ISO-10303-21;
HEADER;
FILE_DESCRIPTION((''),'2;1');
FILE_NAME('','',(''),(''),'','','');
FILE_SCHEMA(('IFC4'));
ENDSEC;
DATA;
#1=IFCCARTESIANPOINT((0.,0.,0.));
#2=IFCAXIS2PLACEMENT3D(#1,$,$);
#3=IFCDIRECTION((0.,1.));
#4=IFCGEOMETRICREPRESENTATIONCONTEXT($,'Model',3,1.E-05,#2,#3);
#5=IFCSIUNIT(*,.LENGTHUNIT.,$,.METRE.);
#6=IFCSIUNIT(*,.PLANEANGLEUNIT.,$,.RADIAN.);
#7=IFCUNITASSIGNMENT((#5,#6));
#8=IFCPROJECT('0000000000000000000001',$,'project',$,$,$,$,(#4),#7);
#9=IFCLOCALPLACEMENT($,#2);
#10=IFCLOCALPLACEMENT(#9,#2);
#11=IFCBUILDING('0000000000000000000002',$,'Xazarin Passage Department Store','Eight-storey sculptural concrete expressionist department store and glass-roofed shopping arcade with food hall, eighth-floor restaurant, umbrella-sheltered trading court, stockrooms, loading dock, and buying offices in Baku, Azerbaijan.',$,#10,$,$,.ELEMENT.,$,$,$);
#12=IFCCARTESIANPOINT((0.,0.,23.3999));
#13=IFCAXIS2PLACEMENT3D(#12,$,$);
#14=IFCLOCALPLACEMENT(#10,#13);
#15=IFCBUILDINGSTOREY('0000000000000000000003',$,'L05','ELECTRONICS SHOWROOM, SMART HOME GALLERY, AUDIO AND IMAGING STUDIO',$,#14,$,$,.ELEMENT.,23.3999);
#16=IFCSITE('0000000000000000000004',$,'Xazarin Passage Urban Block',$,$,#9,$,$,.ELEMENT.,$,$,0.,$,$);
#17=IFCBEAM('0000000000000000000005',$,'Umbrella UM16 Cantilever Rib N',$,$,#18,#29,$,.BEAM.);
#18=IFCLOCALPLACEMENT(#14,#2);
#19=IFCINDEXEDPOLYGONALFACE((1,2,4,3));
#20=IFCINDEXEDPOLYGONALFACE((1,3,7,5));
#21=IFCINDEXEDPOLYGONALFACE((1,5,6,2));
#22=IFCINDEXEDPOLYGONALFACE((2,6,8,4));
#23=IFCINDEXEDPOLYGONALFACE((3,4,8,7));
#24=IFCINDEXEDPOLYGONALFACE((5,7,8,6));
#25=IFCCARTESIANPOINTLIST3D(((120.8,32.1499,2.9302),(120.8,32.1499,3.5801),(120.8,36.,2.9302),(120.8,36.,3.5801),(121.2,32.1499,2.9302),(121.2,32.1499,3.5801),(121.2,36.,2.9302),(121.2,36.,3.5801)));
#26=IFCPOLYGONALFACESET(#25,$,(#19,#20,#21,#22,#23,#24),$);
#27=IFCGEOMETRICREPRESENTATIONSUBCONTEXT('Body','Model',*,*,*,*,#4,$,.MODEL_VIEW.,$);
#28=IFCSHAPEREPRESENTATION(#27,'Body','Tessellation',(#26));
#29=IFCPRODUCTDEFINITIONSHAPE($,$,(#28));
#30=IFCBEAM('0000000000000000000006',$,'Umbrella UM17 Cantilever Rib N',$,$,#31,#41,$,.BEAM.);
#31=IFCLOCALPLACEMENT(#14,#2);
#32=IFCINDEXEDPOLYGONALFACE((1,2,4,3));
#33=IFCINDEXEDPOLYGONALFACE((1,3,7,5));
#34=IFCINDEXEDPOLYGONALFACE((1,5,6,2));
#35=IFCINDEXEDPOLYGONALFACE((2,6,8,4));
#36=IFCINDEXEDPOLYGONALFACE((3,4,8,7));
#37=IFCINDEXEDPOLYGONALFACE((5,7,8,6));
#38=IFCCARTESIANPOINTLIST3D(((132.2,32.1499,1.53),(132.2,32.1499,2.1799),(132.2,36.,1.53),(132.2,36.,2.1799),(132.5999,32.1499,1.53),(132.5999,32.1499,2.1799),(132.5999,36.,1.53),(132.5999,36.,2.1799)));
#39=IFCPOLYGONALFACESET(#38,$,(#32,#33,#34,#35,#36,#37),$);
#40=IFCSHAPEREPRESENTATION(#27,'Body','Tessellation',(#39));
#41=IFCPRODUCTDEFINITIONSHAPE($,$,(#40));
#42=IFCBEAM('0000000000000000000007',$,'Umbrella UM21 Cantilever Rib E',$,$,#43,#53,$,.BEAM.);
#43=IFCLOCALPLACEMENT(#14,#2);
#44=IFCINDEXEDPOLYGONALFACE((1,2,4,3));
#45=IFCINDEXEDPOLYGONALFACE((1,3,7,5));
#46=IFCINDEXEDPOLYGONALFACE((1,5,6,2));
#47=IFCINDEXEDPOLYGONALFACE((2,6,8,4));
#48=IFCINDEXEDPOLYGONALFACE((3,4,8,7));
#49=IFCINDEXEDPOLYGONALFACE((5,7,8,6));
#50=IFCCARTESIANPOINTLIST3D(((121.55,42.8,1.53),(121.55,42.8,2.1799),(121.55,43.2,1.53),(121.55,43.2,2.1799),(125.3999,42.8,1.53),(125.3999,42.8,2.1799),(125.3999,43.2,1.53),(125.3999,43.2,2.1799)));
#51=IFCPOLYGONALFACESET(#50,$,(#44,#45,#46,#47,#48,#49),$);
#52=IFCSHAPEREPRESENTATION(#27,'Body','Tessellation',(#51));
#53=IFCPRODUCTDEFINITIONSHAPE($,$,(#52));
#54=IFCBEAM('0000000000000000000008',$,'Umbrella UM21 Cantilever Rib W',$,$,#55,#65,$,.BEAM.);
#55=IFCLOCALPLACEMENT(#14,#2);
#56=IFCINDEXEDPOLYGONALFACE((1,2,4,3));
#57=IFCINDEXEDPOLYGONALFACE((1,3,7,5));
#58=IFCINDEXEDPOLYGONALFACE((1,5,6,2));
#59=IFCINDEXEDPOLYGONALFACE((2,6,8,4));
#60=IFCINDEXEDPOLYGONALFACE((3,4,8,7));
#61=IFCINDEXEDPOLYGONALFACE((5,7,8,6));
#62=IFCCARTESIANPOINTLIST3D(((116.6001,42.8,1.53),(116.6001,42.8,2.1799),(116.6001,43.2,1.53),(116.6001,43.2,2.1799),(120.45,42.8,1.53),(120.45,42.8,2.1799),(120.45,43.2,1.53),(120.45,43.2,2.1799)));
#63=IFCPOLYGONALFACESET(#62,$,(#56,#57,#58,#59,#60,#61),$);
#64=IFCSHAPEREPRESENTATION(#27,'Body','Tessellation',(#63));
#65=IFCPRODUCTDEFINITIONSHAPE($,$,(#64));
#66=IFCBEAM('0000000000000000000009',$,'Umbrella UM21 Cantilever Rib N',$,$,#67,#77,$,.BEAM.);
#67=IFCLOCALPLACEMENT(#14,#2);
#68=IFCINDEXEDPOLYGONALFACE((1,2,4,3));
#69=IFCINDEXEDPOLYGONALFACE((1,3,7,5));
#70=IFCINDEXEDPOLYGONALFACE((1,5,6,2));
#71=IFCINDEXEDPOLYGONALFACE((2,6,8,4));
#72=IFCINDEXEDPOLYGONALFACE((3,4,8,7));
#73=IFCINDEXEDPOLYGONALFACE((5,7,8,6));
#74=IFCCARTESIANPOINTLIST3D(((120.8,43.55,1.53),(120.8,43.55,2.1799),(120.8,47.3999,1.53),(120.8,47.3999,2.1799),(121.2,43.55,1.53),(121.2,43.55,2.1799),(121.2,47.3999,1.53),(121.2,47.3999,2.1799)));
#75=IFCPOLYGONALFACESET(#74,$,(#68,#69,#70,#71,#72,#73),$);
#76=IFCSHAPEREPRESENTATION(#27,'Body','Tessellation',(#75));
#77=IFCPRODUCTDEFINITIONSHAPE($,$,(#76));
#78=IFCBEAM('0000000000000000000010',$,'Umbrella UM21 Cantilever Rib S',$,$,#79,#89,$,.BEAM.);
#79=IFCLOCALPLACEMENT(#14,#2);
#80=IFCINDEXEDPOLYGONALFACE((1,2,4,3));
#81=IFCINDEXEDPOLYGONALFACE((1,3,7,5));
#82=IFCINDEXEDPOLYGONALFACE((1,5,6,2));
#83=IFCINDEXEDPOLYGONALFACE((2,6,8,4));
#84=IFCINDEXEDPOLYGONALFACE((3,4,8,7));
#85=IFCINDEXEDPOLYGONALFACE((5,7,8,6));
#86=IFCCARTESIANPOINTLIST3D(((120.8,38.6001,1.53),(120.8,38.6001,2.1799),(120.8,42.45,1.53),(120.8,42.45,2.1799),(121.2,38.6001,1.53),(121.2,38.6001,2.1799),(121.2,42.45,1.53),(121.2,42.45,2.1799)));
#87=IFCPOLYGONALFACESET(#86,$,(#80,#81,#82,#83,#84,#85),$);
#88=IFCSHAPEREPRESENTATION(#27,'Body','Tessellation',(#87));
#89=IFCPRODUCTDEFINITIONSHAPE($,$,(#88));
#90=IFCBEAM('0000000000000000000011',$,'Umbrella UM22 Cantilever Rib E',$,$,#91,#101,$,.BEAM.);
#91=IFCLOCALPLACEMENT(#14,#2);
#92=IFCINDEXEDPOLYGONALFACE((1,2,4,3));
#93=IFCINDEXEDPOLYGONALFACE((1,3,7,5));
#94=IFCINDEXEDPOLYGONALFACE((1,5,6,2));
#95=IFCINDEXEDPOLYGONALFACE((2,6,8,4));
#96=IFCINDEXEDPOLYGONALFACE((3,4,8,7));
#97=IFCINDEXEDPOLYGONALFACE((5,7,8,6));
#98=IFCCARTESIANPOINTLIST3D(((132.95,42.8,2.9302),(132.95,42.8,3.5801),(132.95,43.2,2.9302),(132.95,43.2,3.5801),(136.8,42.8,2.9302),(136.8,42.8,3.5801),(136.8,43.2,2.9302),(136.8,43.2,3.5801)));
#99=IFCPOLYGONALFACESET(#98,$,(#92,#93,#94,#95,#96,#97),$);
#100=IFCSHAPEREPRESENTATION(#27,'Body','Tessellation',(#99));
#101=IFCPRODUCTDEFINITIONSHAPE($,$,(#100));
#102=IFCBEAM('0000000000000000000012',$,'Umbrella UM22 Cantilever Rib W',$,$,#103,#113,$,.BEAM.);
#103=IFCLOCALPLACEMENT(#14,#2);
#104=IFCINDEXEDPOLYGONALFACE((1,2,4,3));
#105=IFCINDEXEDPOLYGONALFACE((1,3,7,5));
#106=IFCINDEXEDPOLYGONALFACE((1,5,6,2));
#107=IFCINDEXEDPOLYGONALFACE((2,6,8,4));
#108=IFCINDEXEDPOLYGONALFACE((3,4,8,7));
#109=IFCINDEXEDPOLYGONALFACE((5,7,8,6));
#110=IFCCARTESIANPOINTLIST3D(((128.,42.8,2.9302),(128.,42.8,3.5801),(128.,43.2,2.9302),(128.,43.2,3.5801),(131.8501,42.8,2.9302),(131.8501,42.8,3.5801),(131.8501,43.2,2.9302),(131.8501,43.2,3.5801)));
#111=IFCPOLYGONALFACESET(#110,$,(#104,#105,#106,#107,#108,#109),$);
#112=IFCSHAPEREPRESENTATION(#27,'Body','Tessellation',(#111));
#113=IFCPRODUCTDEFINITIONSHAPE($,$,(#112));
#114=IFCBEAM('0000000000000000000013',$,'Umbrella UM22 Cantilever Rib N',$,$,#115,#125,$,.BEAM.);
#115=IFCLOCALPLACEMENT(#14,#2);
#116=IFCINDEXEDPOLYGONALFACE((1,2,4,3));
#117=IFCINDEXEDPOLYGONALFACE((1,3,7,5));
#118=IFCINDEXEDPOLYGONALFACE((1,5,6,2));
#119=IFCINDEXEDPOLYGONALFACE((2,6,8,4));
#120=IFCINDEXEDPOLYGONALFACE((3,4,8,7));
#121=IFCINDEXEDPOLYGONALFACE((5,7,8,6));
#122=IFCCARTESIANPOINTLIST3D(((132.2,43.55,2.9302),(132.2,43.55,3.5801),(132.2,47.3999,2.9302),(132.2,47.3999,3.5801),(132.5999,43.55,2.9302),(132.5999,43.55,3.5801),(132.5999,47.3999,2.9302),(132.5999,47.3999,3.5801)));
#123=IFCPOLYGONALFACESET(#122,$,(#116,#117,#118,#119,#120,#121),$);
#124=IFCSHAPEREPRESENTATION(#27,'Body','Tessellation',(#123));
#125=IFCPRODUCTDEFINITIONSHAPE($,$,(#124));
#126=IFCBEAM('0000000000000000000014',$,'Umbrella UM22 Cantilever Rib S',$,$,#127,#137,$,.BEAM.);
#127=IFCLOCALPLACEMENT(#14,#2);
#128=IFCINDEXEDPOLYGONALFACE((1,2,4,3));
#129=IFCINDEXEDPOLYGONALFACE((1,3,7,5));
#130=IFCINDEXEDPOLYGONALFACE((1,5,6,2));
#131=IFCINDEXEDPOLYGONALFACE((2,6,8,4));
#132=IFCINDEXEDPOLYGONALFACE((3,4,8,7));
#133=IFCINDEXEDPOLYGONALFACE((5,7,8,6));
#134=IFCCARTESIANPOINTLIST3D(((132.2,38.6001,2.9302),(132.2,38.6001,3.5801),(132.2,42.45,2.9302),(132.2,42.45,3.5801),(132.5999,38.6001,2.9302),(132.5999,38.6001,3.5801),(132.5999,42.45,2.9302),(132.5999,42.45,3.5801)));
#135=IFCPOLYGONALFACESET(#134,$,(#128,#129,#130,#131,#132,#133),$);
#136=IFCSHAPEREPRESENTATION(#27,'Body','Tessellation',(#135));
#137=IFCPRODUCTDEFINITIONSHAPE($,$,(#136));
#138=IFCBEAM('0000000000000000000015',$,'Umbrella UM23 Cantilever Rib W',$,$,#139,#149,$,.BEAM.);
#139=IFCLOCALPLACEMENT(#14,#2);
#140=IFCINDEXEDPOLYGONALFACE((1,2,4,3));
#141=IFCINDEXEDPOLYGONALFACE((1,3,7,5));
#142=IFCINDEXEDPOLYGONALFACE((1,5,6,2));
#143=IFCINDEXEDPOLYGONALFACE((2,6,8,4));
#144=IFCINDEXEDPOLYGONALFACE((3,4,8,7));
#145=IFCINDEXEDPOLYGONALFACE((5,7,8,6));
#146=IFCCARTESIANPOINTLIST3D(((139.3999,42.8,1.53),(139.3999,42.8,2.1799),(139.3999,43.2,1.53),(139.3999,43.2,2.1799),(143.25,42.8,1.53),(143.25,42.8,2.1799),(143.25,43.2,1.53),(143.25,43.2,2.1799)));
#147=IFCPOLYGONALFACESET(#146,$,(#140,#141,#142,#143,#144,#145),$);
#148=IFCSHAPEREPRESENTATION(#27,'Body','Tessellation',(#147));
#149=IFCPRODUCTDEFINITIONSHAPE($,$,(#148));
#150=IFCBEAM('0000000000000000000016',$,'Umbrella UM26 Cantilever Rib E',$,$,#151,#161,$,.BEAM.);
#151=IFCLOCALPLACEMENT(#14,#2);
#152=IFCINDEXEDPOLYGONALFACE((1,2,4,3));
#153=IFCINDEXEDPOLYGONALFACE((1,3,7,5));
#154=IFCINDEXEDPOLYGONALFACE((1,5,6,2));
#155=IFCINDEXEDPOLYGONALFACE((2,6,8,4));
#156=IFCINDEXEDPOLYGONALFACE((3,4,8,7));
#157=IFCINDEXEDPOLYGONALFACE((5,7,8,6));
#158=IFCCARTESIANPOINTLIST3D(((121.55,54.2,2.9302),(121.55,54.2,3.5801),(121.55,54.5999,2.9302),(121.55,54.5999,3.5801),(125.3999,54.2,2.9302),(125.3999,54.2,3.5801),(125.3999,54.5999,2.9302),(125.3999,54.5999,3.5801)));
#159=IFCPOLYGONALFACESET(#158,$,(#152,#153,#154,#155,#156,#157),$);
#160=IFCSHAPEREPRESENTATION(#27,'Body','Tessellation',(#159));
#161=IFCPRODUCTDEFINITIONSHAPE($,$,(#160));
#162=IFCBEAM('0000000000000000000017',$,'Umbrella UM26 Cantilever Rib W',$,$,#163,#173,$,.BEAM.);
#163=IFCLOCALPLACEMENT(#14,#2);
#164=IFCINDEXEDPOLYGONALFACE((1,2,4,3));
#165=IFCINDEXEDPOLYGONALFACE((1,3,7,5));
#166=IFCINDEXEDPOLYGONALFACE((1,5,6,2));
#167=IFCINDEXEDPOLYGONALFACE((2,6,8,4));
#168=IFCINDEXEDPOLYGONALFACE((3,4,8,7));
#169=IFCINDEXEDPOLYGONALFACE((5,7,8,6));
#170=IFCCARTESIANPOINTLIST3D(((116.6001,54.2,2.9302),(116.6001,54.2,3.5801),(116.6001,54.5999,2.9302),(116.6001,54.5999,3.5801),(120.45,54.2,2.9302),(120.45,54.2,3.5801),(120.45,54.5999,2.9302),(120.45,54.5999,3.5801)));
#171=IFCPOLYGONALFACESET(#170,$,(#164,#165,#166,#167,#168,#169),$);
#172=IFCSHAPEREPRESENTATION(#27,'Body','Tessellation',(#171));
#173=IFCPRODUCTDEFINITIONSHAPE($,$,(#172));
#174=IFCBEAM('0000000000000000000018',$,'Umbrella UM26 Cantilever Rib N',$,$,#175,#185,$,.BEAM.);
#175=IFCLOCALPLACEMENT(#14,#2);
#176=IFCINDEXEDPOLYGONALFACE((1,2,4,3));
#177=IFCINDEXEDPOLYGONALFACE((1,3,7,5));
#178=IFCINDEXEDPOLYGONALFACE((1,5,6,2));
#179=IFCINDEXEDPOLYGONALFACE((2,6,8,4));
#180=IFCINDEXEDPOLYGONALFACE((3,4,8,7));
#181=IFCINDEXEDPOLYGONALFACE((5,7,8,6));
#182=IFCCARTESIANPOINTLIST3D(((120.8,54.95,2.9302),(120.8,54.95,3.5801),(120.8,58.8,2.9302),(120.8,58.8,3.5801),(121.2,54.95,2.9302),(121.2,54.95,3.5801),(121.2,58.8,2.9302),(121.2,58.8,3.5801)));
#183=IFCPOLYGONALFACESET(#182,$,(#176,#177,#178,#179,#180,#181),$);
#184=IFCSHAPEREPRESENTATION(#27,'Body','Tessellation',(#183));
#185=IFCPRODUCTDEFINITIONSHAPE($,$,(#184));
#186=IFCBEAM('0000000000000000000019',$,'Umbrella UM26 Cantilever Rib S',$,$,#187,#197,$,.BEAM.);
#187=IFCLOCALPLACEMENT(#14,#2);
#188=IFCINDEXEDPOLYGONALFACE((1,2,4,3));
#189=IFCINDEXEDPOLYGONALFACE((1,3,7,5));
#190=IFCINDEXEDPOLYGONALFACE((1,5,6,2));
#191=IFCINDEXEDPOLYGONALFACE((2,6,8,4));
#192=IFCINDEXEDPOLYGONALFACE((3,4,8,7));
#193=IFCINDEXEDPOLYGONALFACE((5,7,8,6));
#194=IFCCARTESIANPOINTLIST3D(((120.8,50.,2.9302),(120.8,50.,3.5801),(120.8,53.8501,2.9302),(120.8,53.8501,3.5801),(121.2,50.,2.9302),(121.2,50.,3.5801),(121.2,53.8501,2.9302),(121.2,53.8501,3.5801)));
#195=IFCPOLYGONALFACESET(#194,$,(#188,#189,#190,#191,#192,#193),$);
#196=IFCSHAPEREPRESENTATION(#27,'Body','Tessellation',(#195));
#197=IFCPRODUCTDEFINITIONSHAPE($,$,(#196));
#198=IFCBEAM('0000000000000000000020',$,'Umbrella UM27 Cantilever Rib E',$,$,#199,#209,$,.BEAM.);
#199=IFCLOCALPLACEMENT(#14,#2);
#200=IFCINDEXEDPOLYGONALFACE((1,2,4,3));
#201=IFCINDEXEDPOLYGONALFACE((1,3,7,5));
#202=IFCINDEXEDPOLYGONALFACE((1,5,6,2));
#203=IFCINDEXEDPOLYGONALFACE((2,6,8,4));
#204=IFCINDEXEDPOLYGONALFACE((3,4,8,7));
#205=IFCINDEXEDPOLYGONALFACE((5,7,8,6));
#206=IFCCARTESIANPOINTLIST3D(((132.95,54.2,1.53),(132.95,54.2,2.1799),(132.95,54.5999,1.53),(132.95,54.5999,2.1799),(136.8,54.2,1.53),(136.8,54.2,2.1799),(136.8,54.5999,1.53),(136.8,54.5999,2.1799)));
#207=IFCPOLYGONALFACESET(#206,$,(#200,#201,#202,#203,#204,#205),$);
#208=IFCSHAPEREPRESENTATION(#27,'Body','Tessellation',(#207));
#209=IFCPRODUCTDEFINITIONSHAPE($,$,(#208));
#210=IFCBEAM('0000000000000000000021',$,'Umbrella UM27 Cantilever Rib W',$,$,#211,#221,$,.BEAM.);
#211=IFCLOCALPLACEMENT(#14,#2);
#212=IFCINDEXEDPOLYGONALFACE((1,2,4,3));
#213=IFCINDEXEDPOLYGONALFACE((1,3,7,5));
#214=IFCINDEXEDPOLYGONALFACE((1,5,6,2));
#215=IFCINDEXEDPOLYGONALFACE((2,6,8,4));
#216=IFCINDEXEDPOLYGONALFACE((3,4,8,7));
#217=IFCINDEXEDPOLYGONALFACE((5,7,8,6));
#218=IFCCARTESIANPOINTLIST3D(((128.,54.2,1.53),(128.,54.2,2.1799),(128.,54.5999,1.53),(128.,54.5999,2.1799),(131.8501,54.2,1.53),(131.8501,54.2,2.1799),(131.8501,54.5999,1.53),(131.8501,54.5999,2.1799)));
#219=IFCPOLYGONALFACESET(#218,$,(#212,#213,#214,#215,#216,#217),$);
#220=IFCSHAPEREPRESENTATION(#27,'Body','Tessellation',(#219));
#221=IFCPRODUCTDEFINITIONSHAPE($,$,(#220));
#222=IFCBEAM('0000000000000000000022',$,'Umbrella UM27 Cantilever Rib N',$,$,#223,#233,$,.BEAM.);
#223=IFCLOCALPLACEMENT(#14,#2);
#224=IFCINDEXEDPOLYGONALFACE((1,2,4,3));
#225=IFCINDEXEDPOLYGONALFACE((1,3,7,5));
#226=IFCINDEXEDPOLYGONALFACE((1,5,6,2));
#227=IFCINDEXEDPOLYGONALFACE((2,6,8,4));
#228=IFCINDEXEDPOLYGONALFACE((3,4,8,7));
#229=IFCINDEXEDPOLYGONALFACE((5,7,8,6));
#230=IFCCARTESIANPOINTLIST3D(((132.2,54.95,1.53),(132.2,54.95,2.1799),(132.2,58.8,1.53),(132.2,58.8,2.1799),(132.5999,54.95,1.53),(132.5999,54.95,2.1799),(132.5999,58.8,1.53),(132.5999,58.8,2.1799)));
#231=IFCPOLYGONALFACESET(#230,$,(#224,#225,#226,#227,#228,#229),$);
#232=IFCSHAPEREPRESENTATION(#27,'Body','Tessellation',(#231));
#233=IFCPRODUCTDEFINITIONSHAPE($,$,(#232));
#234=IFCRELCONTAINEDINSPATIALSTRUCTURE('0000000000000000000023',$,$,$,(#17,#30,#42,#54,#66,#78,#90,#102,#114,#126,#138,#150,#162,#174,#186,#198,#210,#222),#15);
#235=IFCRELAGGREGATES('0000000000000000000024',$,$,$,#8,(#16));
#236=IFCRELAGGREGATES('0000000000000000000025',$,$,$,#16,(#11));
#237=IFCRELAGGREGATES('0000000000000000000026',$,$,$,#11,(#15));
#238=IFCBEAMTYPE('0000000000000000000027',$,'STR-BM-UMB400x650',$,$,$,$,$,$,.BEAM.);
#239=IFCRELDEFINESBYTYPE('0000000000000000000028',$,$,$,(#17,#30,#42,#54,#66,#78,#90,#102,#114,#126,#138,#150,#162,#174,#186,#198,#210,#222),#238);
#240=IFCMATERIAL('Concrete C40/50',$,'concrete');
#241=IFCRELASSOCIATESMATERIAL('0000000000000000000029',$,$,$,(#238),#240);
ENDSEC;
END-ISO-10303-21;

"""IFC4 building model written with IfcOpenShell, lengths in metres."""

from ifc_helpers import new_model, si_unit, direction, frame, origin, origin_2d, place, context, subcontext, project, spatial, rectangle, extrude, material, material_profile, profile_set, type_object, element, save


model = new_model("IFC4")

# Units and contexts
model_context = context("Model", 3, precision=1e-05, world=origin(), true_north=direction((0.0, 1.0)))
body_context = subcontext(model_context, "Body", "Model", "MODEL_VIEW")
ifc_project = project(units=[si_unit("LENGTHUNIT", "METRE"), si_unit("PLANEANGLEUNIT", "RADIAN")], contexts=[model_context])

# Site, building, storey
site_placement = place(None, origin())
site = spatial("IfcSite", under=ifc_project, at=site_placement, Name="Xazarin Passage Urban Block", CompositionType="ELEMENT", RefElevation=0.0)
building_placement = place(site_placement, origin())
building = spatial("IfcBuilding", under=site, at=building_placement, Name="Xazarin Passage Department Store", Description="Eight-storey sculptural concrete expressionist department store and glass-roofed shopping arcade with food hall, eighth-floor restaurant, umbrella-sheltered trading court, stockrooms, loading dock, and buying offices in Baku, Azerbaijan.", CompositionType="ELEMENT")
storey_placement = place(building_placement, frame((0.0, 0.0, 23.3999)))
storey = spatial("IfcBuildingStorey", under=building, at=storey_placement, Name="L05", Description="ELECTRONICS SHOWROOM, SMART HOME GALLERY, AUDIO AND IMAGING STUDIO", CompositionType="ELEMENT", Elevation=23.3999)

# Beams
ifc_material_1 = material(Name="Concrete C40/50", Category="concrete")
ifc_material_profile = material_profile(ifc_material_1, rectangle(XDim=0.3999, YDim=0.6499, at=origin_2d()), Name="RC 400x650")
ifc_profile_set = profile_set([ifc_material_profile], Name="Concrete C40/50")
beam_type = type_object("IfcBeamType", Name="STR-BM-UMB400x650", PredefinedType="BEAM", material=ifc_profile_set)
for number, where, z_axis, x_axis, name in (
    (1, (121.0, 32.1499, 3.2551), (0.0, 1.0, 0.0), (-1.0, 0.0, 0.0), "Umbrella UM16 Cantilever Rib N"),
    (2, (132.3999, 32.1499, 1.855), (0.0, 1.0, 0.0), (-1.0, 0.0, 0.0), "Umbrella UM17 Cantilever Rib N"),
):
    element("IfcBeam", number, at=place(storey_placement, frame(where, z_axis=z_axis, x_axis=x_axis)), inside=storey, type_object=beam_type, Name=name, PredefinedType="BEAM", context=body_context, shape_type="SweptSolid", body=[
        extrude(rectangle(XDim=0.3999, YDim=0.6499, at=origin_2d()), origin(), (0.0, 0.0, 1.0), 3.8501),
    ])
for number, where, z_axis, x_axis, name in (
    (3, (121.55, 43.0, 1.855), (1.0, 0.0, 0.0), (0.0, 1.0, 0.0), "Umbrella UM21 Cantilever Rib E"),
    (4, (120.45, 43.0, 1.855), (-1.0, 0.0, 0.0), (0.0, -1.0, 0.0), "Umbrella UM21 Cantilever Rib W"),
    (5, (121.0, 43.55, 1.855), (0.0, 1.0, 0.0), (-1.0, 0.0, 0.0), "Umbrella UM21 Cantilever Rib N"),
    (6, (121.0, 42.45, 1.855), (0.0, -1.0, 0.0), (1.0, 0.0, 0.0), "Umbrella UM21 Cantilever Rib S"),
):
    element("IfcBeam", number, at=place(storey_placement, frame(where, z_axis=z_axis, x_axis=x_axis)), inside=storey, type_object=beam_type, Name=name, PredefinedType="BEAM", context=body_context, shape_type="SweptSolid", body=[
        extrude(rectangle(XDim=0.3999, YDim=0.6499, at=origin_2d()), origin(), (0.0, 0.0, 1.0), 3.8499),
    ])
for number, where, z_axis, x_axis, name in (
    (7, (132.95, 43.0, 3.2551), (1.0, 0.0, 0.0), (0.0, 1.0, 0.0), "Umbrella UM22 Cantilever Rib E"),
    (8, (131.8501, 43.0, 3.2551), (-1.0, 0.0, 0.0), (0.0, -1.0, 0.0), "Umbrella UM22 Cantilever Rib W"),
):
    element("IfcBeam", number, at=place(storey_placement, frame(where, z_axis=z_axis, x_axis=x_axis)), inside=storey, type_object=beam_type, Name=name, PredefinedType="BEAM", context=body_context, shape_type="SweptSolid", body=[
        extrude(rectangle(XDim=0.3999, YDim=0.6499, at=origin_2d()), origin(), (0.0, 0.0, 1.0), 3.8501),
    ])
for number, where, z_axis, x_axis, name in (
    (9, (132.3999, 43.55, 3.2551), (0.0, 1.0, 0.0), (-1.0, 0.0, 0.0), "Umbrella UM22 Cantilever Rib N"),
    (10, (132.3999, 42.45, 3.2551), (0.0, -1.0, 0.0), (1.0, 0.0, 0.0), "Umbrella UM22 Cantilever Rib S"),
):
    element("IfcBeam", number, at=place(storey_placement, frame(where, z_axis=z_axis, x_axis=x_axis)), inside=storey, type_object=beam_type, Name=name, PredefinedType="BEAM", context=body_context, shape_type="SweptSolid", body=[
        extrude(rectangle(XDim=0.3999, YDim=0.6499, at=origin_2d()), origin(), (0.0, 0.0, 1.0), 3.8499),
    ])
beam_placement = place(storey_placement, frame((143.25, 43.0, 1.855), z_axis=(-1.0, 0.0, 0.0), x_axis=(0.0, -1.0, 0.0)))
element("IfcBeam", 11, at=beam_placement, inside=storey, type_object=beam_type, Name="Umbrella UM23 Cantilever Rib W", PredefinedType="BEAM", context=body_context, shape_type="SweptSolid", body=[
    extrude(rectangle(XDim=0.3999, YDim=0.6499, at=origin_2d()), origin(), (0.0, 0.0, 1.0), 3.8501),
])
for number, where, z_axis, x_axis, name in (
    (12, (121.55, 54.3999, 3.2551), (1.0, 0.0, 0.0), (0.0, 1.0, 0.0), "Umbrella UM26 Cantilever Rib E"),
    (13, (120.45, 54.3999, 3.2551), (-1.0, 0.0, 0.0), (0.0, -1.0, 0.0), "Umbrella UM26 Cantilever Rib W"),
):
    element("IfcBeam", number, at=place(storey_placement, frame(where, z_axis=z_axis, x_axis=x_axis)), inside=storey, type_object=beam_type, Name=name, PredefinedType="BEAM", context=body_context, shape_type="SweptSolid", body=[
        extrude(rectangle(XDim=0.3999, YDim=0.6499, at=origin_2d()), origin(), (0.0, 0.0, 1.0), 3.8499),
    ])
for number, where, z_axis, x_axis, name in (
    (14, (121.0, 54.95, 3.2551), (0.0, 1.0, 0.0), (-1.0, 0.0, 0.0), "Umbrella UM26 Cantilever Rib N"),
    (15, (121.0, 53.8501, 3.2551), (0.0, -1.0, 0.0), (1.0, 0.0, 0.0), "Umbrella UM26 Cantilever Rib S"),
    (16, (132.95, 54.3999, 1.855), (1.0, 0.0, 0.0), (0.0, 1.0, 0.0), "Umbrella UM27 Cantilever Rib E"),
    (17, (131.8501, 54.3999, 1.855), (-1.0, 0.0, 0.0), (0.0, -1.0, 0.0), "Umbrella UM27 Cantilever Rib W"),
    (18, (132.3999, 54.95, 1.855), (0.0, 1.0, 0.0), (-1.0, 0.0, 0.0), "Umbrella UM27 Cantilever Rib N"),
):
    element("IfcBeam", number, at=place(storey_placement, frame(where, z_axis=z_axis, x_axis=x_axis)), inside=storey, type_object=beam_type, Name=name, PredefinedType="BEAM", context=body_context, shape_type="SweptSolid", body=[
        extrude(rectangle(XDim=0.3999, YDim=0.6499, at=origin_2d()), origin(), (0.0, 0.0, 1.0), 3.8501),
    ])

save(model, "model.ifc")
